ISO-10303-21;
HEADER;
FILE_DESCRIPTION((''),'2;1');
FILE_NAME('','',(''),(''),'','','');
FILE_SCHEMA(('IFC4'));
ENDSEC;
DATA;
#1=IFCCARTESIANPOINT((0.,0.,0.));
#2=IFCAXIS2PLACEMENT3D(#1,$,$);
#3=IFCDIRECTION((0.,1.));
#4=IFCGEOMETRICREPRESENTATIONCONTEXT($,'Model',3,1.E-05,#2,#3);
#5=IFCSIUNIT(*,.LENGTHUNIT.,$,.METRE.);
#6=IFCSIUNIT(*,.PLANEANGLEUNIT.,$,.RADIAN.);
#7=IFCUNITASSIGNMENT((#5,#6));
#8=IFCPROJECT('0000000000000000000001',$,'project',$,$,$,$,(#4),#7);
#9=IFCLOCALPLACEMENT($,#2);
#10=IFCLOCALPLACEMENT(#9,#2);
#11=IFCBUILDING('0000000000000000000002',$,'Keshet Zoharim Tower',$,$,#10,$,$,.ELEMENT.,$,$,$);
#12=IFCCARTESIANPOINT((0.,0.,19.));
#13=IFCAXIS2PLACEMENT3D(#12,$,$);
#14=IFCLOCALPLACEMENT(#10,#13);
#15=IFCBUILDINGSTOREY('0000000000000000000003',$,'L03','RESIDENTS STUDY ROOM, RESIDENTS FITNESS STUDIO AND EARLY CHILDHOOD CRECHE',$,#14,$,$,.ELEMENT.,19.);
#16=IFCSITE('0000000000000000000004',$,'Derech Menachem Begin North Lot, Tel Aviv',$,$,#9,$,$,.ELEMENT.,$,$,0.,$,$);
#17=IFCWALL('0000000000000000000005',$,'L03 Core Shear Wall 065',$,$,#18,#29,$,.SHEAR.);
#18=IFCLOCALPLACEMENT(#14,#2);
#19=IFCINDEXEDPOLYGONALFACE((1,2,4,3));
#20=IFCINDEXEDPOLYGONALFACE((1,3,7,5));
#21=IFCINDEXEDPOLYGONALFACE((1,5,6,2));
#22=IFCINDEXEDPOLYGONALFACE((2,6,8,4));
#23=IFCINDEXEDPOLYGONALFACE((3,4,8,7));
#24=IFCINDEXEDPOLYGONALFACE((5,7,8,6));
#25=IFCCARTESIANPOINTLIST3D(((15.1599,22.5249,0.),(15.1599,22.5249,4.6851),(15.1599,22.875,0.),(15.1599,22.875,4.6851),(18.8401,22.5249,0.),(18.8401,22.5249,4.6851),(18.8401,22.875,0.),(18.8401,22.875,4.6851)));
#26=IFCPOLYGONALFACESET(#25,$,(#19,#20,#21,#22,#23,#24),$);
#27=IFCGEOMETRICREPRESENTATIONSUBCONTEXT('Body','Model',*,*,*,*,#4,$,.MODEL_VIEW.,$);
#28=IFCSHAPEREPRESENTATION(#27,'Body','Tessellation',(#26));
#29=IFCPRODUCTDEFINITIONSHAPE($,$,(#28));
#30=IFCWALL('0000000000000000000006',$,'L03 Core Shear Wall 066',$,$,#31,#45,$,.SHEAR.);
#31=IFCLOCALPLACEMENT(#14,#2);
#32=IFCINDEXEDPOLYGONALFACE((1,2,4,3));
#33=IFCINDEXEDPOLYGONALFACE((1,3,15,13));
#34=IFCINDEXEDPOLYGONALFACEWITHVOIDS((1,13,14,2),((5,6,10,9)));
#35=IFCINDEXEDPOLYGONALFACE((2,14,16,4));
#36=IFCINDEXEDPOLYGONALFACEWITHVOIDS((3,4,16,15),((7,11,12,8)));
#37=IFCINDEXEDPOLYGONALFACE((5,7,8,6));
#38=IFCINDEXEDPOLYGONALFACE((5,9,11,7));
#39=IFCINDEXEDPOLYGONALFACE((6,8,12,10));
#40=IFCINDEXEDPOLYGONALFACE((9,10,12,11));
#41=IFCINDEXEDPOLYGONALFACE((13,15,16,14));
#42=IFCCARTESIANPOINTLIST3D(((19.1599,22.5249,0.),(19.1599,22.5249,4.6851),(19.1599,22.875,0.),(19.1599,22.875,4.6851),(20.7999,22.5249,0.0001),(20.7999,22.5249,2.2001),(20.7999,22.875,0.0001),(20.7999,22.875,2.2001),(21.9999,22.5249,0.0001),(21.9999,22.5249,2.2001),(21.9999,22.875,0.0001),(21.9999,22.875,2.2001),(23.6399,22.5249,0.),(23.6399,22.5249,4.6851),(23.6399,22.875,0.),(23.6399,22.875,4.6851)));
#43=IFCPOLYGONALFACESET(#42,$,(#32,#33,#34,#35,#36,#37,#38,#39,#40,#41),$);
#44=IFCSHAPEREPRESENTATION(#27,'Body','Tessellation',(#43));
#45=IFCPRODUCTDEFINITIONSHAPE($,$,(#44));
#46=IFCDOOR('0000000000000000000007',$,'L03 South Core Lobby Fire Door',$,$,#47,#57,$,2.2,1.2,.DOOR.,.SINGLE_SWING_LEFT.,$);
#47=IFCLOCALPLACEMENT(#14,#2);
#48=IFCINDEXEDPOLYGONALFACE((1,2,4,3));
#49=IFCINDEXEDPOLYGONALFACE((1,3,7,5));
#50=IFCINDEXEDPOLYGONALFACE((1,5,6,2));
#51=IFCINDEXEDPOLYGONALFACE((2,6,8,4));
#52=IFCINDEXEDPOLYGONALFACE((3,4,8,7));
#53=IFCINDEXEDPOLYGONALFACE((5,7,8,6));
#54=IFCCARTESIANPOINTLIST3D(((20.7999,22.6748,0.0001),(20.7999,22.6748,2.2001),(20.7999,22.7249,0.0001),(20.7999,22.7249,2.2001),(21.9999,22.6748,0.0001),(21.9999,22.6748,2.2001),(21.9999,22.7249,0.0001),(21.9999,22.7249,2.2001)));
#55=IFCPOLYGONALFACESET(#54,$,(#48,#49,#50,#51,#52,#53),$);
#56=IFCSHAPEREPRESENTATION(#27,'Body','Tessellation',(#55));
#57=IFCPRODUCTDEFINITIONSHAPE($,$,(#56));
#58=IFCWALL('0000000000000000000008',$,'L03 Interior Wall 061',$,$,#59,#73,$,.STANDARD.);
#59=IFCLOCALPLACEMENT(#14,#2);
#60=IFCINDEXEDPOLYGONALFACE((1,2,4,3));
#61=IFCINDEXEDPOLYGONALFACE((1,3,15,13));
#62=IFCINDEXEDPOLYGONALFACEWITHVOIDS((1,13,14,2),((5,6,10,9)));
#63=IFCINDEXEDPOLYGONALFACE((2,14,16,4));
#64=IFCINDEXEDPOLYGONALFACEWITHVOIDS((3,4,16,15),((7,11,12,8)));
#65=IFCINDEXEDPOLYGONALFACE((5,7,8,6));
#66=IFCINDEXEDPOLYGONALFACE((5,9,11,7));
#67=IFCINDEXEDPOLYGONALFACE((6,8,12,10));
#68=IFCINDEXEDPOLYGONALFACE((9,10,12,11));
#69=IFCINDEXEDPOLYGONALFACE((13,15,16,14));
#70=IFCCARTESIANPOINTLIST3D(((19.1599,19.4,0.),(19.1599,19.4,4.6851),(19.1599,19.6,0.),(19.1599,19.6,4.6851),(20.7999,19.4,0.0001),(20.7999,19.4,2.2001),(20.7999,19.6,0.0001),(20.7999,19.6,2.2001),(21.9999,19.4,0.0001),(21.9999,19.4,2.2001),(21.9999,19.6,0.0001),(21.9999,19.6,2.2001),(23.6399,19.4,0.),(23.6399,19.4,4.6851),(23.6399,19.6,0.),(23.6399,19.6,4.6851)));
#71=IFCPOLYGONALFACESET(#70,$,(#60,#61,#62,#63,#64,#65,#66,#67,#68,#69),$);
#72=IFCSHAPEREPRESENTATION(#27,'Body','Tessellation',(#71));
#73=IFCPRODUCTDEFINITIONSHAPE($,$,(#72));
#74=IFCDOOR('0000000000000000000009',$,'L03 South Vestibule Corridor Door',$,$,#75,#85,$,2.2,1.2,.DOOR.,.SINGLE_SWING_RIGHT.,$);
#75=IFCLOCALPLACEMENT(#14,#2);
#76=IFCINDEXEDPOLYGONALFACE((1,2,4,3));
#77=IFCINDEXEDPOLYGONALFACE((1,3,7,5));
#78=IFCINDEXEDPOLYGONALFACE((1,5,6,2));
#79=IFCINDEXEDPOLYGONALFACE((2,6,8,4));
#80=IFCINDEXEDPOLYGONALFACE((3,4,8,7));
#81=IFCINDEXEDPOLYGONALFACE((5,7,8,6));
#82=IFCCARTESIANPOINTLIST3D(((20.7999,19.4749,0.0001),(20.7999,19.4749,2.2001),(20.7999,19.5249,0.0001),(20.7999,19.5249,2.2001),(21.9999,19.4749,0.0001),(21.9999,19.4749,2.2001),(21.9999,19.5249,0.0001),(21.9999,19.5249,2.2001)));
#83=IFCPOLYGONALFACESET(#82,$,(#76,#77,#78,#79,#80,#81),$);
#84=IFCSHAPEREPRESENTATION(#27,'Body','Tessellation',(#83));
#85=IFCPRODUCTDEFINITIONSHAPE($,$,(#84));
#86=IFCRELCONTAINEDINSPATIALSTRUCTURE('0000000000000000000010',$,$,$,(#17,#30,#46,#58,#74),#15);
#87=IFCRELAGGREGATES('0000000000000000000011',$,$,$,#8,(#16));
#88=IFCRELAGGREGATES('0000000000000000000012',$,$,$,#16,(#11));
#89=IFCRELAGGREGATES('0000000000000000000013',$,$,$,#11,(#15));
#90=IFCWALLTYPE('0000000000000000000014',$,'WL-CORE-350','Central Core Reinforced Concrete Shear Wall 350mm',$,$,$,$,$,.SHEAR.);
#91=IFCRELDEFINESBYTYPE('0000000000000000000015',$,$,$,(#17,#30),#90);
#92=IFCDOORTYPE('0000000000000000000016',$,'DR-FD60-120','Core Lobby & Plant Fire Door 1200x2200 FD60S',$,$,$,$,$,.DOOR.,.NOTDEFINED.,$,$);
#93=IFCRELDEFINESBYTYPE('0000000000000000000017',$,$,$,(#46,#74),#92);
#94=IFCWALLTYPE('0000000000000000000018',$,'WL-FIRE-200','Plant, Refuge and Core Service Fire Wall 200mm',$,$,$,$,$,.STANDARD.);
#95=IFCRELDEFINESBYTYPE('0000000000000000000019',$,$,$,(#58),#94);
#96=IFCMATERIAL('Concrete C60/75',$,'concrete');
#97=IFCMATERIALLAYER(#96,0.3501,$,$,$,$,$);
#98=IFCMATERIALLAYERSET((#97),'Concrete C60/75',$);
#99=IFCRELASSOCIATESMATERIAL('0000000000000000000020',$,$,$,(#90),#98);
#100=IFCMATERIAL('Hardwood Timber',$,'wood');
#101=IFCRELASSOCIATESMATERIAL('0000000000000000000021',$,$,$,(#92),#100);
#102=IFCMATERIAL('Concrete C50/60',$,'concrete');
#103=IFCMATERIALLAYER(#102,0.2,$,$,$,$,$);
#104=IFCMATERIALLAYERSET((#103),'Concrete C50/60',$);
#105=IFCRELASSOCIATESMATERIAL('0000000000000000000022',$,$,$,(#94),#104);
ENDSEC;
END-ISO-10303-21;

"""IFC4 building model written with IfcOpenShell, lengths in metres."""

from ifc_helpers import new_model, si_unit, direction, frame, frame_2d, origin, place, context, subcontext, project, spatial, rectangle, extrude, material, layer, layer_set, type_object, element, fill, save


model = new_model("IFC4")

# Units and contexts
model_context = context("Model", 3, precision=1e-05, world=origin(), true_north=direction((0.0, 1.0)))
body_context = subcontext(model_context, "Body", "Model", "MODEL_VIEW")
ifc_project = project(units=[si_unit("LENGTHUNIT", "METRE"), si_unit("PLANEANGLEUNIT", "RADIAN")], contexts=[model_context])

# Site, building, storey
site_placement = place(None, origin())
site = spatial("IfcSite", under=ifc_project, at=site_placement, Name="Derech Menachem Begin North Lot, Tel Aviv", CompositionType="ELEMENT", RefElevation=0.0)
building_placement = place(site_placement, origin())
building = spatial("IfcBuilding", under=site, at=building_placement, Name="Keshet Zoharim Tower", CompositionType="ELEMENT")
storey_placement = place(building_placement, frame((0.0, 0.0, 19.0)))
storey = spatial("IfcBuildingStorey", under=building, at=storey_placement, Name="L03", Description="RESIDENTS STUDY ROOM, RESIDENTS FITNESS STUDIO AND EARLY CHILDHOOD CRECHE", CompositionType="ELEMENT", Elevation=19.0)

# Shared definitions
ifc_material_1 = material(Name="Concrete C60/75", Category="concrete")

# Shared definitions
ifc_layer_1 = layer(ifc_material_1, 0.3501)
ifc_layer_set_1 = layer_set([ifc_layer_1], Name="Concrete C60/75")
wall_type_1 = type_object("IfcWallType", Name="WL-CORE-350", Description="Central Core Reinforced Concrete Shear Wall 350mm", PredefinedType="SHEAR", material=ifc_layer_set_1)

# Shared definitions
ifc_material_2 = material(Name="Hardwood Timber", Category="wood")

# Wall
wall_1_placement = place(storey_placement, frame((15.1599, 22.7, 0.0), z_axis=(0.0, 0.0, 1.0), x_axis=(1.0, 0.0, 0.0)))
element("IfcWall", 1, at=wall_1_placement, inside=storey, type_object=wall_type_1, Name="L03 Core Shear Wall 065", PredefinedType="SHEAR", context=body_context, shape_type="SweptSolid", body=[
    extrude(rectangle(XDim=3.6802, YDim=0.3501, at=frame_2d((1.8401, 0.0))), origin(), (0.0, 0.0, 1.0), 4.6851),
])

# Walls, openings, doors
wall_2_placement = place(storey_placement, frame((19.1599, 22.7, 0.0), z_axis=(0.0, 0.0, 1.0), x_axis=(1.0, 0.0, 0.0)))
wall_2 = element("IfcWall", 2, at=wall_2_placement, inside=storey, type_object=wall_type_1, Name="L03 Core Shear Wall 066", PredefinedType="SHEAR", context=body_context, shape_type="SweptSolid", body=[
    extrude(rectangle(XDim=4.48, YDim=0.3501, at=frame_2d((2.24, 0.0))), origin(), (0.0, 0.0, 1.0), 4.6851),
])
opening_1_placement = place(wall_2_placement, frame((1.6399, 0.0, 0.0)))
opening_1 = element("IfcOpeningElement", 3, at=opening_1_placement, cuts=wall_2, PredefinedType="OPENING", context=body_context, shape_type="SweptSolid", body=[
    extrude(rectangle(XDim=1.2, YDim=2.2, at=frame_2d((0.6001, 1.1001))), frame((0.0, 0.1851, 0.0), z_axis=(0.0, -1.0, 0.0), x_axis=(1.0, 0.0, 0.0)), (0.0, 0.0, 1.0), 0.3701),
])
door_type_1 = type_object("IfcDoorType", Name="DR-FD60-120", Description="Core Lobby & Plant Fire Door 1200x2200 FD60S", OperationType="NOTDEFINED", PredefinedType="DOOR", material=ifc_material_2)
door_1_placement = place(opening_1_placement, origin())
door_1 = element("IfcDoor", 4, at=door_1_placement, inside=storey, type_object=door_type_1, Name="L03 South Core Lobby Fire Door", OperationType="SINGLE_SWING_LEFT", OverallHeight=2.2, OverallWidth=1.2, PredefinedType="DOOR", context=body_context, shape_type="SweptSolid", body=[
    extrude(rectangle(XDim=1.2, YDim=2.2, at=frame_2d((0.6001, 1.1001))), frame((0.0, 0.0249, 0.0), z_axis=(0.0, -1.0, 0.0), x_axis=(1.0, 0.0, 0.0)), (0.0, 0.0, 1.0), 0.05),
])
fill(opening_1, door_1)
ifc_material_3 = material(Name="Concrete C50/60", Category="concrete")
ifc_layer_2 = layer(ifc_material_3, 0.2)
ifc_layer_set_2 = layer_set([ifc_layer_2], Name="Concrete C50/60")
wall_type_2 = type_object("IfcWallType", Name="WL-FIRE-200", Description="Plant, Refuge and Core Service Fire Wall 200mm", PredefinedType="STANDARD", material=ifc_layer_set_2)
wall_3_placement = place(storey_placement, frame((19.1599, 19.5, 0.0), z_axis=(0.0, 0.0, 1.0), x_axis=(1.0, 0.0, 0.0)))
wall_3 = element("IfcWall", 5, at=wall_3_placement, inside=storey, type_object=wall_type_2, Name="L03 Interior Wall 061", PredefinedType="STANDARD", context=body_context, shape_type="SweptSolid", body=[
    extrude(rectangle(XDim=4.48, YDim=0.2, at=frame_2d((2.24, 0.0))), origin(), (0.0, 0.0, 1.0), 4.6851),
])
opening_2_placement = place(wall_3_placement, frame((1.6399, 0.0, 0.0)))
opening_2 = element("IfcOpeningElement", 6, at=opening_2_placement, cuts=wall_3, PredefinedType="OPENING", context=body_context, shape_type="SweptSolid", body=[
    extrude(rectangle(XDim=1.2, YDim=2.2, at=frame_2d((0.6001, 1.1001))), frame((0.0, 0.1099, 0.0), z_axis=(0.0, -1.0, 0.0), x_axis=(1.0, 0.0, 0.0)), (0.0, 0.0, 1.0), 0.22),
])
door_2_placement = place(opening_2_placement, origin())
door_2 = element("IfcDoor", 7, at=door_2_placement, inside=storey, type_object=door_type_1, Name="L03 South Vestibule Corridor Door", OperationType="SINGLE_SWING_RIGHT", OverallHeight=2.2, OverallWidth=1.2, PredefinedType="DOOR", context=body_context, shape_type="SweptSolid", body=[
    extrude(rectangle(XDim=1.2, YDim=2.2, at=frame_2d((0.6001, 1.1001))), frame((0.0, 0.0249, 0.0), z_axis=(0.0, -1.0, 0.0), x_axis=(1.0, 0.0, 0.0)), (0.0, 0.0, 1.0), 0.05),
])
fill(opening_2, door_2)

save(model, "model.ifc")
